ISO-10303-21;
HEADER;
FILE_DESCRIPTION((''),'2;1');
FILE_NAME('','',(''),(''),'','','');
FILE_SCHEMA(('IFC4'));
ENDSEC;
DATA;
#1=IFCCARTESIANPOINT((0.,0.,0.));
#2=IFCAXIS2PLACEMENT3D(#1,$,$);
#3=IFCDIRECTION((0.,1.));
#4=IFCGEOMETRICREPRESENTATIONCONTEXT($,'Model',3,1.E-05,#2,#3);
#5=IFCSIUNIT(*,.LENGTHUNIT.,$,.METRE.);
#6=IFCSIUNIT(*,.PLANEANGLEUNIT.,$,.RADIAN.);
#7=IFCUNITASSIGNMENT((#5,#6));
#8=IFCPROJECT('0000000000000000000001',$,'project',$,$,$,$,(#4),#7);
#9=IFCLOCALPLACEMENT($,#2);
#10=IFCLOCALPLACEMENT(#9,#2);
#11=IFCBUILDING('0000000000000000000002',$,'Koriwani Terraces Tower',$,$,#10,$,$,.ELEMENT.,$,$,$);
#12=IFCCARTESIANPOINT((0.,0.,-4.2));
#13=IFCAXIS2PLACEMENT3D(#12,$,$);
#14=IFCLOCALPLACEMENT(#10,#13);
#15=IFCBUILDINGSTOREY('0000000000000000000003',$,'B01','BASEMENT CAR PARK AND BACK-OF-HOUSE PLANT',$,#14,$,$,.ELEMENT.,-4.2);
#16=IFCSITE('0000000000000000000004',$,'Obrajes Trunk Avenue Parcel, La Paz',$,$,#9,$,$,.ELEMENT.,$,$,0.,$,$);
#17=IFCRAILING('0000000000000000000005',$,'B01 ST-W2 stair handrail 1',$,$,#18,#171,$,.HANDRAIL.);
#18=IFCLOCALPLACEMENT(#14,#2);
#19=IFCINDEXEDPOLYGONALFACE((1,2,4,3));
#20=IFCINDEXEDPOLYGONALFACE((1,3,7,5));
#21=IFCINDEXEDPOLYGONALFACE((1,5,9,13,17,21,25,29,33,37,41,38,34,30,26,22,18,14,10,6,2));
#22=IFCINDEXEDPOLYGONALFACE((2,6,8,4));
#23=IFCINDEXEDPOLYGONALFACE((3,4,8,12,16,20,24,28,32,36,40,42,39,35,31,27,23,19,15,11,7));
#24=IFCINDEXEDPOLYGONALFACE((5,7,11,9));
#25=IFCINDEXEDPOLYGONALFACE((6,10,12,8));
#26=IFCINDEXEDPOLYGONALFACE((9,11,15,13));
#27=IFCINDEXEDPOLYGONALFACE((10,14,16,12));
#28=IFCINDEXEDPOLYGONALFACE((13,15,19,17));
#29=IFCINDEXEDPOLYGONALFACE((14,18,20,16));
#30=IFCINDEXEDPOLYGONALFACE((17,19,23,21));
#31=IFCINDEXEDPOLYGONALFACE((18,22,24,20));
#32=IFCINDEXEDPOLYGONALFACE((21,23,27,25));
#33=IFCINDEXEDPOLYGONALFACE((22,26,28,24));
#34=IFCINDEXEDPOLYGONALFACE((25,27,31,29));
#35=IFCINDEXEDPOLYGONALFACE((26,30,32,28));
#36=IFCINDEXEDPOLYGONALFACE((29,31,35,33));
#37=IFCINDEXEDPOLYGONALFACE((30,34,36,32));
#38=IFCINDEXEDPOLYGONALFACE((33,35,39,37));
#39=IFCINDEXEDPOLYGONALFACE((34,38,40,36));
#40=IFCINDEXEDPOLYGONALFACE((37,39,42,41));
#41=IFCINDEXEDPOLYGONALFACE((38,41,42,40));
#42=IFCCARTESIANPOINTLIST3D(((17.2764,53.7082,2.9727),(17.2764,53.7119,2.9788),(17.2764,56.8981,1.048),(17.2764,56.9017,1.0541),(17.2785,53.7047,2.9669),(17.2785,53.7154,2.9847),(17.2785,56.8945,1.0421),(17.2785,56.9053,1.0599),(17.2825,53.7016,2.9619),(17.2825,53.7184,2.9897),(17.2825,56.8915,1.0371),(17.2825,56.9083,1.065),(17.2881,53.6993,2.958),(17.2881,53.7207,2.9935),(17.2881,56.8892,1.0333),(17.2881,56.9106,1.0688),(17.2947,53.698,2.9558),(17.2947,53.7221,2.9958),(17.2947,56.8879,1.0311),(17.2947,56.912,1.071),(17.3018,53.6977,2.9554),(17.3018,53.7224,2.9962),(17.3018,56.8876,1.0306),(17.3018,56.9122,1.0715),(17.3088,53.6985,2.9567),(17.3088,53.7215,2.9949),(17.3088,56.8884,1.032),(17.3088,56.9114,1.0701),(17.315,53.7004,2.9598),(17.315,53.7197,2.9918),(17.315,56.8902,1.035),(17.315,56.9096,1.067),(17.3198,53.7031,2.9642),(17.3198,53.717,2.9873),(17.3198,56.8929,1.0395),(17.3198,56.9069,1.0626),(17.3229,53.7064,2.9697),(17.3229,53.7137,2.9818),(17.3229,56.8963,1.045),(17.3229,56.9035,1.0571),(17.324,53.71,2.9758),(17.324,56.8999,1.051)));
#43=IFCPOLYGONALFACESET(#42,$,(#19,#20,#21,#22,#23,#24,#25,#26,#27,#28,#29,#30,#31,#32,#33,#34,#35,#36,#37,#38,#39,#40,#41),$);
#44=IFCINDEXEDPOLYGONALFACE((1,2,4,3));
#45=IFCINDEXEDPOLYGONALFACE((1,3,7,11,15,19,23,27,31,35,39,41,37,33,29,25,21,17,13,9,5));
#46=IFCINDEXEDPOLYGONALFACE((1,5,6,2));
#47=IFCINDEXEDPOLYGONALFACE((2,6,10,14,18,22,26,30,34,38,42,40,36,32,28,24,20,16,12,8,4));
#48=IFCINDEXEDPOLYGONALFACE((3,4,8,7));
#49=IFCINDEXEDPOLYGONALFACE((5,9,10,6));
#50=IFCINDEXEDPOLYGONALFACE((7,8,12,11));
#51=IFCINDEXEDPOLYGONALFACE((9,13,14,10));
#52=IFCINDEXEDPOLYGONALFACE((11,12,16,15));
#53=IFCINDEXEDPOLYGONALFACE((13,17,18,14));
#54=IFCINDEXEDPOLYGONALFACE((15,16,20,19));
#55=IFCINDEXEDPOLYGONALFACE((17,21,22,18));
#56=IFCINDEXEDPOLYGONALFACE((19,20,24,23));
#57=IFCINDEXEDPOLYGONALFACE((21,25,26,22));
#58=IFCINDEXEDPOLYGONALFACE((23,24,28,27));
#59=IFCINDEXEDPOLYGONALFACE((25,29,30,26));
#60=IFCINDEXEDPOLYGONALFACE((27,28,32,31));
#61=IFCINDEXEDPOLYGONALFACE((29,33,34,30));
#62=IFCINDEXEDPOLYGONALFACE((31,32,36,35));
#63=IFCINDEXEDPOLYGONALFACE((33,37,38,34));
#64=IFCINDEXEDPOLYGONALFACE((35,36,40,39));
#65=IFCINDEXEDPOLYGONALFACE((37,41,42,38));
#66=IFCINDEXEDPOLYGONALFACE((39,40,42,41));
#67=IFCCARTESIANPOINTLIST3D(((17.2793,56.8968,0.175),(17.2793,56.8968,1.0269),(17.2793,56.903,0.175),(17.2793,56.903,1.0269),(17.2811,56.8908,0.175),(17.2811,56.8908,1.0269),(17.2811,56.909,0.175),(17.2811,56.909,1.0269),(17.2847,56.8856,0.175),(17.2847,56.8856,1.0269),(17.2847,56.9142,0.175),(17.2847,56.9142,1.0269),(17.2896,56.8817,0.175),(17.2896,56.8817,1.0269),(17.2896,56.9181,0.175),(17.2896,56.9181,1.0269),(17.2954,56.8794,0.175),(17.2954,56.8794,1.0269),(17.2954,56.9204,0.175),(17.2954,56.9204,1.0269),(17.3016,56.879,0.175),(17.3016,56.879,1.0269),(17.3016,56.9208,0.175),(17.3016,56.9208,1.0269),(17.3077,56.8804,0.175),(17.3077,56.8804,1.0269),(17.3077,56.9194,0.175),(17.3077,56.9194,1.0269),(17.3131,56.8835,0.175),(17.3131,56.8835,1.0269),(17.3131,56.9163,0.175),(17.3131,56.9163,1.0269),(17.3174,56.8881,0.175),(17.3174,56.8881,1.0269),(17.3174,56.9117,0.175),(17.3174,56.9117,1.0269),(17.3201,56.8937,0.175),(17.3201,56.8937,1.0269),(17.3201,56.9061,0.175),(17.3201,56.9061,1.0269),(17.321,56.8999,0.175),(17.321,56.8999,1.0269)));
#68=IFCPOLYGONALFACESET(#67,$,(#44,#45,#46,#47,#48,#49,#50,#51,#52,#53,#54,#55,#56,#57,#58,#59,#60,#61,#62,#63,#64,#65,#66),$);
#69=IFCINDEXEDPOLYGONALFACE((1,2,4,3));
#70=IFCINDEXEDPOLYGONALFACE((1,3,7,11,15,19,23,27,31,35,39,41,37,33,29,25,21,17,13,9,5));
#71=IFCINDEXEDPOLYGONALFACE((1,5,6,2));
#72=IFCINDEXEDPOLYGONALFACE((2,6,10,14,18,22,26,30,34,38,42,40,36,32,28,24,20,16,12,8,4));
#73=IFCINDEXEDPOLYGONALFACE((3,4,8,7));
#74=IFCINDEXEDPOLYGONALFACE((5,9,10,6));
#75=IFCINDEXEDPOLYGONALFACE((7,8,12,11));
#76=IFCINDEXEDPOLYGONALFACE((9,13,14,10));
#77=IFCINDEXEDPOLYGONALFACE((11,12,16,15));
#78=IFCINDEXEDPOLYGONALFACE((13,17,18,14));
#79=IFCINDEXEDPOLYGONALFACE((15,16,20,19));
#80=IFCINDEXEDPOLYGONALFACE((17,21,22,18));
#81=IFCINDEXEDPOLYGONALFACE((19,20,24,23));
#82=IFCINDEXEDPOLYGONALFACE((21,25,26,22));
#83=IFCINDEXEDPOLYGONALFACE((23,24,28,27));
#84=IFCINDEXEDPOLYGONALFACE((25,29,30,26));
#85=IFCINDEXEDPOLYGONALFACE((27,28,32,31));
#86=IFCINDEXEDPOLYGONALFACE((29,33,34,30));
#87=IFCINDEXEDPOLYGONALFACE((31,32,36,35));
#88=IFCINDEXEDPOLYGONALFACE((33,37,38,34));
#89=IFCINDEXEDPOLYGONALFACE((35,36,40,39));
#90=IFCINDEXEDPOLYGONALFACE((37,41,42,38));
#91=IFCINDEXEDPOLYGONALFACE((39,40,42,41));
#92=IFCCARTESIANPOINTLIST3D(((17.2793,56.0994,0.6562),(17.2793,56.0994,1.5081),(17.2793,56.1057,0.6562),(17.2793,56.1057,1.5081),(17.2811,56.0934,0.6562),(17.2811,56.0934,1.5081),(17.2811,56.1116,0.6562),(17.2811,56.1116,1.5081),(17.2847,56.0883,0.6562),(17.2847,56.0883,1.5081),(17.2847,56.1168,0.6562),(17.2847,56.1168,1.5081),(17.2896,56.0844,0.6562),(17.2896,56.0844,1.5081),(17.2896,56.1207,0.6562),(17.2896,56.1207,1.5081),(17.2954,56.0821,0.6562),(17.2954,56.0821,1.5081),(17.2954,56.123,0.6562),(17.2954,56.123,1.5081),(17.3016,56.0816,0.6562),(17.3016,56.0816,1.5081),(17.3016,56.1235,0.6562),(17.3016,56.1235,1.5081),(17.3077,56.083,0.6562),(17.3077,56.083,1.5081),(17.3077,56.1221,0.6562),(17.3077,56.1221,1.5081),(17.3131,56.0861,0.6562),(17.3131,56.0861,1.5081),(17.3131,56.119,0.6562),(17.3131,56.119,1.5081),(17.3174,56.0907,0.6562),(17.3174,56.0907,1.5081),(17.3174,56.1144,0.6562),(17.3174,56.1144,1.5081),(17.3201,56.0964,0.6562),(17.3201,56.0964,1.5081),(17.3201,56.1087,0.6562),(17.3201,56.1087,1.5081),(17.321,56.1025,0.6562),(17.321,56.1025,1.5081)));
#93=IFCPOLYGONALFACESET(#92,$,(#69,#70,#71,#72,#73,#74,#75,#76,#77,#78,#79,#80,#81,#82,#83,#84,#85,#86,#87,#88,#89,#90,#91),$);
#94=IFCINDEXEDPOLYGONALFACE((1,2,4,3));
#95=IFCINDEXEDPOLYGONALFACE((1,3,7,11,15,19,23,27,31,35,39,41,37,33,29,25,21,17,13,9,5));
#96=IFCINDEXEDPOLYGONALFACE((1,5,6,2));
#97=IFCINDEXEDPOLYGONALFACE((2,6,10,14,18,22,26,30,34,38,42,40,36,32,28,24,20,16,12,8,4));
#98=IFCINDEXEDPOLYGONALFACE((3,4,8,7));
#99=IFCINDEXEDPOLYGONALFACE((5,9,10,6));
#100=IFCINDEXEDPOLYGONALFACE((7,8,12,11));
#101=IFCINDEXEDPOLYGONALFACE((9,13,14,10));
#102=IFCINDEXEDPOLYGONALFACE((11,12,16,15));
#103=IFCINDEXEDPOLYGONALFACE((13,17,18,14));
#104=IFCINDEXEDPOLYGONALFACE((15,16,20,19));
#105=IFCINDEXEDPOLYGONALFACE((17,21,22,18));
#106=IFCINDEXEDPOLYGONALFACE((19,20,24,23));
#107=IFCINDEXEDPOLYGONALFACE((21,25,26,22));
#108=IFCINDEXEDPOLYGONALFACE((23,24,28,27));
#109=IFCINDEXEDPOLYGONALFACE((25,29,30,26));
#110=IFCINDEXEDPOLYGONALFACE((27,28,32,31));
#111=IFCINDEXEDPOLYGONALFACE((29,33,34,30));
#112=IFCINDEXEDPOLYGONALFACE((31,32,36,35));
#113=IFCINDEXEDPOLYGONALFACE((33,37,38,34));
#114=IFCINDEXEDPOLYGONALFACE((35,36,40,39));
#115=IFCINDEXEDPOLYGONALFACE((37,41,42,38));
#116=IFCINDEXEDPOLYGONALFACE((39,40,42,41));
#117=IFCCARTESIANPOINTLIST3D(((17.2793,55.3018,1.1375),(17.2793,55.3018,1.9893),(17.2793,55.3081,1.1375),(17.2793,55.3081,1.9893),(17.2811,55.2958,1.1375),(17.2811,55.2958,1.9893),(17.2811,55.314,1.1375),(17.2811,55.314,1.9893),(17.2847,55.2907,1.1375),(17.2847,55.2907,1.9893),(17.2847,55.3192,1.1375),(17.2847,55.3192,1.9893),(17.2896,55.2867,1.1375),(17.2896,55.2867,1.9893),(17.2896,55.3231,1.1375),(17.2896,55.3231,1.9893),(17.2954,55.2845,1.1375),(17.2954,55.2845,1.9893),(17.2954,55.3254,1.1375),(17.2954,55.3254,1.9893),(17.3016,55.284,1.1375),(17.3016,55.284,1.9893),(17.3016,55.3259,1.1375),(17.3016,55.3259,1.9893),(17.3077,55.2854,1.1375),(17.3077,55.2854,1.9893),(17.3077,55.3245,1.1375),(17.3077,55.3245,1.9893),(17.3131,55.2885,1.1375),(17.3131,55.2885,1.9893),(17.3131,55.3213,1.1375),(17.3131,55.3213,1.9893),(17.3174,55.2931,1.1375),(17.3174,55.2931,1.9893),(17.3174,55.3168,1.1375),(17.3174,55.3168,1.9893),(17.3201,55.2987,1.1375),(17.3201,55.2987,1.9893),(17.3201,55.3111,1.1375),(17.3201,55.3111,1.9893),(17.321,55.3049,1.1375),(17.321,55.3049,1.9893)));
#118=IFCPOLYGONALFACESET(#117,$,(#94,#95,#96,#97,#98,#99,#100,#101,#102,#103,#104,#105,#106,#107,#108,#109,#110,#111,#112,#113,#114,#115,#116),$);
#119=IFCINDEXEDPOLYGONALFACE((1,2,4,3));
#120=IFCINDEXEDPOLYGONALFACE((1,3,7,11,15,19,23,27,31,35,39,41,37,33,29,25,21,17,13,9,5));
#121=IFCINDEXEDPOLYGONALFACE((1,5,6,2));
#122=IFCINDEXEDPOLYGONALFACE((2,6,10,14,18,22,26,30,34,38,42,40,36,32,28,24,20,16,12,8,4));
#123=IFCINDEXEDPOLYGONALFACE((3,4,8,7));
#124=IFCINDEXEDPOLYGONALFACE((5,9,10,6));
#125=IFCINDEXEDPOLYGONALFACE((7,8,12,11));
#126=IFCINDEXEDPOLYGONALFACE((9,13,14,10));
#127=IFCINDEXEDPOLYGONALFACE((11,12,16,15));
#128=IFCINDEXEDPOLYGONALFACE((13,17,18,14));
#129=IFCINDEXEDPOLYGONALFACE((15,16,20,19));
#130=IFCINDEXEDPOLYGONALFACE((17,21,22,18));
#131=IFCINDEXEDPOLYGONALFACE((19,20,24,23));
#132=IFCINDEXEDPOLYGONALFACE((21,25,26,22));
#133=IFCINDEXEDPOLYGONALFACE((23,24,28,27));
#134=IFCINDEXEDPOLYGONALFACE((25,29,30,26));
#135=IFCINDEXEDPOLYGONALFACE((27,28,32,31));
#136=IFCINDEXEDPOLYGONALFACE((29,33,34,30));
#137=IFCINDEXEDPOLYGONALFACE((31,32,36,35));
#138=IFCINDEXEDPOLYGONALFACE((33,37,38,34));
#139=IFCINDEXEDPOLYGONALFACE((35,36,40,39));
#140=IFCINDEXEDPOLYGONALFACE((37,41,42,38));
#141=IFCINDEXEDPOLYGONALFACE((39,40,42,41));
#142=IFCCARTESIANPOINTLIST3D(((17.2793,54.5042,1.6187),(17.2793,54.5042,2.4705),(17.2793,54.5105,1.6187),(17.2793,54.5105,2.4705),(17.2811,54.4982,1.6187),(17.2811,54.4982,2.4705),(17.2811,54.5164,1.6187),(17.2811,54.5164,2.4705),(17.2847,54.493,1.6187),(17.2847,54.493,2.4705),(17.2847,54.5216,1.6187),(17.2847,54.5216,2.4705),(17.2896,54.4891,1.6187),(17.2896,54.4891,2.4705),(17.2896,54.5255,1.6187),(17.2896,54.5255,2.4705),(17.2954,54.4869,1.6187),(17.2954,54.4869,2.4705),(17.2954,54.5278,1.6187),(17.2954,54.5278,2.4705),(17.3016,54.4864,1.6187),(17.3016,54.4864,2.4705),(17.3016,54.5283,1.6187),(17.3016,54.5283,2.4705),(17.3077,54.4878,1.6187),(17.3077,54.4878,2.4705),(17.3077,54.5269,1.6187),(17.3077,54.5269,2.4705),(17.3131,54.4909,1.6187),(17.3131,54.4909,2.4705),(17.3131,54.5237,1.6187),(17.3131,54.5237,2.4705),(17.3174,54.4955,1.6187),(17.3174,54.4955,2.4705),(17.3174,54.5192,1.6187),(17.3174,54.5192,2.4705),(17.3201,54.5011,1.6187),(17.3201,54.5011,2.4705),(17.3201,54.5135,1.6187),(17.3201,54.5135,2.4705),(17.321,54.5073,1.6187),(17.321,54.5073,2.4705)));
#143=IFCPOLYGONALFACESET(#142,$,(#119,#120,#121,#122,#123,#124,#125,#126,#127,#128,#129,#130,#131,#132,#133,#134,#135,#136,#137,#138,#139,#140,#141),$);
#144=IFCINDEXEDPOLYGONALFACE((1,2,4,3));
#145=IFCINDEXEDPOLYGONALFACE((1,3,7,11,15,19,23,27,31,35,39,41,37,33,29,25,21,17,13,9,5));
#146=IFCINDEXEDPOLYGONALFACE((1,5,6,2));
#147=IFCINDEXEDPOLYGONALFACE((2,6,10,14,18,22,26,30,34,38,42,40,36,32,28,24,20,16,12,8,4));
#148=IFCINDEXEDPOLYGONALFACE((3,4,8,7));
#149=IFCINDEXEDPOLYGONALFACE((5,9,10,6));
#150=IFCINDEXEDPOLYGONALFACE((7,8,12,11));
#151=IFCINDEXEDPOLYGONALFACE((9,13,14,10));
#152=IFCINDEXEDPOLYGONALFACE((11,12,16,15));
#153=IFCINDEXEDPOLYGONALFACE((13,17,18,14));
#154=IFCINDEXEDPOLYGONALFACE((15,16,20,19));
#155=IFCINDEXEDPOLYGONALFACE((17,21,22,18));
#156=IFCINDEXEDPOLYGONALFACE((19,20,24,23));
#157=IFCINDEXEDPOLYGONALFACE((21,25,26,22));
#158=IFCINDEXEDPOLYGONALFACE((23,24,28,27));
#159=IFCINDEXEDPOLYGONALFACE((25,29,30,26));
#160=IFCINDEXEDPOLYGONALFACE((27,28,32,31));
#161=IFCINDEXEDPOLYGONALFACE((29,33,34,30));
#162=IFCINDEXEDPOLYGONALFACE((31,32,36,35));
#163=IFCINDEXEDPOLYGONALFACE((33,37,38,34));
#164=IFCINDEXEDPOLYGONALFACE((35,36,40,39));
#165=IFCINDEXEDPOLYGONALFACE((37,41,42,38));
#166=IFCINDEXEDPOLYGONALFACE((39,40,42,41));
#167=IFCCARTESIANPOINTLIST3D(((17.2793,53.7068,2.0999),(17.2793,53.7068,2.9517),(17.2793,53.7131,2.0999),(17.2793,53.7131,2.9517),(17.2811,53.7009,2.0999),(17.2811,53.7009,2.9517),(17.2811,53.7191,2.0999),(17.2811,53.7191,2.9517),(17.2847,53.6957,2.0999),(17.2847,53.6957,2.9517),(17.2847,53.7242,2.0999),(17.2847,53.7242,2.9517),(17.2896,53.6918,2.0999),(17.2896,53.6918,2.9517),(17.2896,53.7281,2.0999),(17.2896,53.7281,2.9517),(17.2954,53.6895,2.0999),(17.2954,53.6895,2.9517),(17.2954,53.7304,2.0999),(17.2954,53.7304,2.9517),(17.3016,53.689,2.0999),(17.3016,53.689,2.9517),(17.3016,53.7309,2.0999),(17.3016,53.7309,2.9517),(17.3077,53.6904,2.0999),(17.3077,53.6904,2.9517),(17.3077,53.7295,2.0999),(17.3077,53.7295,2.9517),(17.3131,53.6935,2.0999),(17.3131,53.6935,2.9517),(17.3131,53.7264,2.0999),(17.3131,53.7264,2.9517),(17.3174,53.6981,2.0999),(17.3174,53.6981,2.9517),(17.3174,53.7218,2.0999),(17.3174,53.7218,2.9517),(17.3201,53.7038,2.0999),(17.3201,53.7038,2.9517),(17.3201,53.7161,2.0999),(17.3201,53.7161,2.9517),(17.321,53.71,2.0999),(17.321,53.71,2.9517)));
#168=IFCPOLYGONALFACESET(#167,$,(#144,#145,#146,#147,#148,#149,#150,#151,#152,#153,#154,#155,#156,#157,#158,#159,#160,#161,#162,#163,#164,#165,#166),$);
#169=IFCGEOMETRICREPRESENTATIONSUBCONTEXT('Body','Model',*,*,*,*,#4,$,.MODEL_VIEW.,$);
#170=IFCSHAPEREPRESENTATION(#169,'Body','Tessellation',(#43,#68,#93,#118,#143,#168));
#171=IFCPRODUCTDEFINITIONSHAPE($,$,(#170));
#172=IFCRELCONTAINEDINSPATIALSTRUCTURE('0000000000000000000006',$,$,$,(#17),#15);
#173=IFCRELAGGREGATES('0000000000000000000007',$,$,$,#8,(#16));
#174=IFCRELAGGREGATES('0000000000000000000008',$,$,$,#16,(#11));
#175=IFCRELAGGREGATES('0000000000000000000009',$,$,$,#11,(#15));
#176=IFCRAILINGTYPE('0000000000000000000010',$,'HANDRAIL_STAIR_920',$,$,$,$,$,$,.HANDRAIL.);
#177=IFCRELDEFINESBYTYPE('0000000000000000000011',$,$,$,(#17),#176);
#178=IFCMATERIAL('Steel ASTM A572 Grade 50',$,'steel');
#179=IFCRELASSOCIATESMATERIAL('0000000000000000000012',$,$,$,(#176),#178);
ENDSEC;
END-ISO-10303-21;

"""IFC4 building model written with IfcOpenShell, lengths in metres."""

from ifc_helpers import new_model, si_unit, direction, frame, origin, origin_2d, place, context, subcontext, project, spatial, circle, extrude, material, type_object, element, save


model = new_model("IFC4")

# Units and contexts
model_context = context("Model", 3, precision=1e-05, world=origin(), true_north=direction((0.0, 1.0)))
body_context = subcontext(model_context, "Body", "Model", "MODEL_VIEW")
ifc_project = project(units=[si_unit("LENGTHUNIT", "METRE"), si_unit("PLANEANGLEUNIT", "RADIAN")], contexts=[model_context])

# Site, building, storey
site_placement = place(None, origin())
site = spatial("IfcSite", under=ifc_project, at=site_placement, Name="Obrajes Trunk Avenue Parcel, La Paz", CompositionType="ELEMENT", RefElevation=0.0)
building_placement = place(site_placement, origin())
building = spatial("IfcBuilding", under=site, at=building_placement, Name="Koriwani Terraces Tower", CompositionType="ELEMENT")
storey_placement = place(building_placement, frame((0.0, 0.0, -4.2)))
storey = spatial("IfcBuildingStorey", under=building, at=storey_placement, Name="B01", Description="BASEMENT CAR PARK AND BACK-OF-HOUSE PLANT", CompositionType="ELEMENT", Elevation=-4.2)

# Shared definitions
ifc_material_1 = material(Name="Steel ASTM A572 Grade 50", Category="steel")

# Railing
railing_type_1 = type_object("IfcRailingType", Name="HANDRAIL_STAIR_920", PredefinedType="HANDRAIL", material=ifc_material_1)
railing_1_placement = place(storey_placement, frame((17.3, 56.8999, 0.175)))
element("IfcRailing", 1, at=railing_1_placement, inside=storey, type_object=railing_type_1, Name="B01 ST-W2 stair handrail 1", PredefinedType="HANDRAIL", context=body_context, shape_type="SweptSolid", body=[
    extrude(circle(Radius=0.0239, at=origin_2d()), frame((0.0, 0.0, 0.876), z_axis=(0.0, -0.856207, 0.516633), x_axis=(1.0, 0.0, 0.0)), (0.0, 0.0, 1.0), 3.7256),
    extrude(circle(Radius=0.021, at=origin_2d()), origin(), (0.0, 0.0, 1.0), 0.8518),
    extrude(circle(Radius=0.021, at=origin_2d()), frame((0.0, -0.7974, 0.4812)), (0.0, 0.0, 1.0), 0.8518),
    extrude(circle(Radius=0.021, at=origin_2d()), frame((0.0, -1.595, 0.9624)), (0.0, 0.0, 1.0), 0.8518),
    extrude(circle(Radius=0.021, at=origin_2d()), frame((0.0, -2.3926, 1.4436)), (0.0, 0.0, 1.0), 0.8518),
    extrude(circle(Radius=0.021, at=origin_2d()), frame((0.0, -3.1899, 1.9248)), (0.0, 0.0, 1.0), 0.8518),
])

save(model, "model.ifc")
